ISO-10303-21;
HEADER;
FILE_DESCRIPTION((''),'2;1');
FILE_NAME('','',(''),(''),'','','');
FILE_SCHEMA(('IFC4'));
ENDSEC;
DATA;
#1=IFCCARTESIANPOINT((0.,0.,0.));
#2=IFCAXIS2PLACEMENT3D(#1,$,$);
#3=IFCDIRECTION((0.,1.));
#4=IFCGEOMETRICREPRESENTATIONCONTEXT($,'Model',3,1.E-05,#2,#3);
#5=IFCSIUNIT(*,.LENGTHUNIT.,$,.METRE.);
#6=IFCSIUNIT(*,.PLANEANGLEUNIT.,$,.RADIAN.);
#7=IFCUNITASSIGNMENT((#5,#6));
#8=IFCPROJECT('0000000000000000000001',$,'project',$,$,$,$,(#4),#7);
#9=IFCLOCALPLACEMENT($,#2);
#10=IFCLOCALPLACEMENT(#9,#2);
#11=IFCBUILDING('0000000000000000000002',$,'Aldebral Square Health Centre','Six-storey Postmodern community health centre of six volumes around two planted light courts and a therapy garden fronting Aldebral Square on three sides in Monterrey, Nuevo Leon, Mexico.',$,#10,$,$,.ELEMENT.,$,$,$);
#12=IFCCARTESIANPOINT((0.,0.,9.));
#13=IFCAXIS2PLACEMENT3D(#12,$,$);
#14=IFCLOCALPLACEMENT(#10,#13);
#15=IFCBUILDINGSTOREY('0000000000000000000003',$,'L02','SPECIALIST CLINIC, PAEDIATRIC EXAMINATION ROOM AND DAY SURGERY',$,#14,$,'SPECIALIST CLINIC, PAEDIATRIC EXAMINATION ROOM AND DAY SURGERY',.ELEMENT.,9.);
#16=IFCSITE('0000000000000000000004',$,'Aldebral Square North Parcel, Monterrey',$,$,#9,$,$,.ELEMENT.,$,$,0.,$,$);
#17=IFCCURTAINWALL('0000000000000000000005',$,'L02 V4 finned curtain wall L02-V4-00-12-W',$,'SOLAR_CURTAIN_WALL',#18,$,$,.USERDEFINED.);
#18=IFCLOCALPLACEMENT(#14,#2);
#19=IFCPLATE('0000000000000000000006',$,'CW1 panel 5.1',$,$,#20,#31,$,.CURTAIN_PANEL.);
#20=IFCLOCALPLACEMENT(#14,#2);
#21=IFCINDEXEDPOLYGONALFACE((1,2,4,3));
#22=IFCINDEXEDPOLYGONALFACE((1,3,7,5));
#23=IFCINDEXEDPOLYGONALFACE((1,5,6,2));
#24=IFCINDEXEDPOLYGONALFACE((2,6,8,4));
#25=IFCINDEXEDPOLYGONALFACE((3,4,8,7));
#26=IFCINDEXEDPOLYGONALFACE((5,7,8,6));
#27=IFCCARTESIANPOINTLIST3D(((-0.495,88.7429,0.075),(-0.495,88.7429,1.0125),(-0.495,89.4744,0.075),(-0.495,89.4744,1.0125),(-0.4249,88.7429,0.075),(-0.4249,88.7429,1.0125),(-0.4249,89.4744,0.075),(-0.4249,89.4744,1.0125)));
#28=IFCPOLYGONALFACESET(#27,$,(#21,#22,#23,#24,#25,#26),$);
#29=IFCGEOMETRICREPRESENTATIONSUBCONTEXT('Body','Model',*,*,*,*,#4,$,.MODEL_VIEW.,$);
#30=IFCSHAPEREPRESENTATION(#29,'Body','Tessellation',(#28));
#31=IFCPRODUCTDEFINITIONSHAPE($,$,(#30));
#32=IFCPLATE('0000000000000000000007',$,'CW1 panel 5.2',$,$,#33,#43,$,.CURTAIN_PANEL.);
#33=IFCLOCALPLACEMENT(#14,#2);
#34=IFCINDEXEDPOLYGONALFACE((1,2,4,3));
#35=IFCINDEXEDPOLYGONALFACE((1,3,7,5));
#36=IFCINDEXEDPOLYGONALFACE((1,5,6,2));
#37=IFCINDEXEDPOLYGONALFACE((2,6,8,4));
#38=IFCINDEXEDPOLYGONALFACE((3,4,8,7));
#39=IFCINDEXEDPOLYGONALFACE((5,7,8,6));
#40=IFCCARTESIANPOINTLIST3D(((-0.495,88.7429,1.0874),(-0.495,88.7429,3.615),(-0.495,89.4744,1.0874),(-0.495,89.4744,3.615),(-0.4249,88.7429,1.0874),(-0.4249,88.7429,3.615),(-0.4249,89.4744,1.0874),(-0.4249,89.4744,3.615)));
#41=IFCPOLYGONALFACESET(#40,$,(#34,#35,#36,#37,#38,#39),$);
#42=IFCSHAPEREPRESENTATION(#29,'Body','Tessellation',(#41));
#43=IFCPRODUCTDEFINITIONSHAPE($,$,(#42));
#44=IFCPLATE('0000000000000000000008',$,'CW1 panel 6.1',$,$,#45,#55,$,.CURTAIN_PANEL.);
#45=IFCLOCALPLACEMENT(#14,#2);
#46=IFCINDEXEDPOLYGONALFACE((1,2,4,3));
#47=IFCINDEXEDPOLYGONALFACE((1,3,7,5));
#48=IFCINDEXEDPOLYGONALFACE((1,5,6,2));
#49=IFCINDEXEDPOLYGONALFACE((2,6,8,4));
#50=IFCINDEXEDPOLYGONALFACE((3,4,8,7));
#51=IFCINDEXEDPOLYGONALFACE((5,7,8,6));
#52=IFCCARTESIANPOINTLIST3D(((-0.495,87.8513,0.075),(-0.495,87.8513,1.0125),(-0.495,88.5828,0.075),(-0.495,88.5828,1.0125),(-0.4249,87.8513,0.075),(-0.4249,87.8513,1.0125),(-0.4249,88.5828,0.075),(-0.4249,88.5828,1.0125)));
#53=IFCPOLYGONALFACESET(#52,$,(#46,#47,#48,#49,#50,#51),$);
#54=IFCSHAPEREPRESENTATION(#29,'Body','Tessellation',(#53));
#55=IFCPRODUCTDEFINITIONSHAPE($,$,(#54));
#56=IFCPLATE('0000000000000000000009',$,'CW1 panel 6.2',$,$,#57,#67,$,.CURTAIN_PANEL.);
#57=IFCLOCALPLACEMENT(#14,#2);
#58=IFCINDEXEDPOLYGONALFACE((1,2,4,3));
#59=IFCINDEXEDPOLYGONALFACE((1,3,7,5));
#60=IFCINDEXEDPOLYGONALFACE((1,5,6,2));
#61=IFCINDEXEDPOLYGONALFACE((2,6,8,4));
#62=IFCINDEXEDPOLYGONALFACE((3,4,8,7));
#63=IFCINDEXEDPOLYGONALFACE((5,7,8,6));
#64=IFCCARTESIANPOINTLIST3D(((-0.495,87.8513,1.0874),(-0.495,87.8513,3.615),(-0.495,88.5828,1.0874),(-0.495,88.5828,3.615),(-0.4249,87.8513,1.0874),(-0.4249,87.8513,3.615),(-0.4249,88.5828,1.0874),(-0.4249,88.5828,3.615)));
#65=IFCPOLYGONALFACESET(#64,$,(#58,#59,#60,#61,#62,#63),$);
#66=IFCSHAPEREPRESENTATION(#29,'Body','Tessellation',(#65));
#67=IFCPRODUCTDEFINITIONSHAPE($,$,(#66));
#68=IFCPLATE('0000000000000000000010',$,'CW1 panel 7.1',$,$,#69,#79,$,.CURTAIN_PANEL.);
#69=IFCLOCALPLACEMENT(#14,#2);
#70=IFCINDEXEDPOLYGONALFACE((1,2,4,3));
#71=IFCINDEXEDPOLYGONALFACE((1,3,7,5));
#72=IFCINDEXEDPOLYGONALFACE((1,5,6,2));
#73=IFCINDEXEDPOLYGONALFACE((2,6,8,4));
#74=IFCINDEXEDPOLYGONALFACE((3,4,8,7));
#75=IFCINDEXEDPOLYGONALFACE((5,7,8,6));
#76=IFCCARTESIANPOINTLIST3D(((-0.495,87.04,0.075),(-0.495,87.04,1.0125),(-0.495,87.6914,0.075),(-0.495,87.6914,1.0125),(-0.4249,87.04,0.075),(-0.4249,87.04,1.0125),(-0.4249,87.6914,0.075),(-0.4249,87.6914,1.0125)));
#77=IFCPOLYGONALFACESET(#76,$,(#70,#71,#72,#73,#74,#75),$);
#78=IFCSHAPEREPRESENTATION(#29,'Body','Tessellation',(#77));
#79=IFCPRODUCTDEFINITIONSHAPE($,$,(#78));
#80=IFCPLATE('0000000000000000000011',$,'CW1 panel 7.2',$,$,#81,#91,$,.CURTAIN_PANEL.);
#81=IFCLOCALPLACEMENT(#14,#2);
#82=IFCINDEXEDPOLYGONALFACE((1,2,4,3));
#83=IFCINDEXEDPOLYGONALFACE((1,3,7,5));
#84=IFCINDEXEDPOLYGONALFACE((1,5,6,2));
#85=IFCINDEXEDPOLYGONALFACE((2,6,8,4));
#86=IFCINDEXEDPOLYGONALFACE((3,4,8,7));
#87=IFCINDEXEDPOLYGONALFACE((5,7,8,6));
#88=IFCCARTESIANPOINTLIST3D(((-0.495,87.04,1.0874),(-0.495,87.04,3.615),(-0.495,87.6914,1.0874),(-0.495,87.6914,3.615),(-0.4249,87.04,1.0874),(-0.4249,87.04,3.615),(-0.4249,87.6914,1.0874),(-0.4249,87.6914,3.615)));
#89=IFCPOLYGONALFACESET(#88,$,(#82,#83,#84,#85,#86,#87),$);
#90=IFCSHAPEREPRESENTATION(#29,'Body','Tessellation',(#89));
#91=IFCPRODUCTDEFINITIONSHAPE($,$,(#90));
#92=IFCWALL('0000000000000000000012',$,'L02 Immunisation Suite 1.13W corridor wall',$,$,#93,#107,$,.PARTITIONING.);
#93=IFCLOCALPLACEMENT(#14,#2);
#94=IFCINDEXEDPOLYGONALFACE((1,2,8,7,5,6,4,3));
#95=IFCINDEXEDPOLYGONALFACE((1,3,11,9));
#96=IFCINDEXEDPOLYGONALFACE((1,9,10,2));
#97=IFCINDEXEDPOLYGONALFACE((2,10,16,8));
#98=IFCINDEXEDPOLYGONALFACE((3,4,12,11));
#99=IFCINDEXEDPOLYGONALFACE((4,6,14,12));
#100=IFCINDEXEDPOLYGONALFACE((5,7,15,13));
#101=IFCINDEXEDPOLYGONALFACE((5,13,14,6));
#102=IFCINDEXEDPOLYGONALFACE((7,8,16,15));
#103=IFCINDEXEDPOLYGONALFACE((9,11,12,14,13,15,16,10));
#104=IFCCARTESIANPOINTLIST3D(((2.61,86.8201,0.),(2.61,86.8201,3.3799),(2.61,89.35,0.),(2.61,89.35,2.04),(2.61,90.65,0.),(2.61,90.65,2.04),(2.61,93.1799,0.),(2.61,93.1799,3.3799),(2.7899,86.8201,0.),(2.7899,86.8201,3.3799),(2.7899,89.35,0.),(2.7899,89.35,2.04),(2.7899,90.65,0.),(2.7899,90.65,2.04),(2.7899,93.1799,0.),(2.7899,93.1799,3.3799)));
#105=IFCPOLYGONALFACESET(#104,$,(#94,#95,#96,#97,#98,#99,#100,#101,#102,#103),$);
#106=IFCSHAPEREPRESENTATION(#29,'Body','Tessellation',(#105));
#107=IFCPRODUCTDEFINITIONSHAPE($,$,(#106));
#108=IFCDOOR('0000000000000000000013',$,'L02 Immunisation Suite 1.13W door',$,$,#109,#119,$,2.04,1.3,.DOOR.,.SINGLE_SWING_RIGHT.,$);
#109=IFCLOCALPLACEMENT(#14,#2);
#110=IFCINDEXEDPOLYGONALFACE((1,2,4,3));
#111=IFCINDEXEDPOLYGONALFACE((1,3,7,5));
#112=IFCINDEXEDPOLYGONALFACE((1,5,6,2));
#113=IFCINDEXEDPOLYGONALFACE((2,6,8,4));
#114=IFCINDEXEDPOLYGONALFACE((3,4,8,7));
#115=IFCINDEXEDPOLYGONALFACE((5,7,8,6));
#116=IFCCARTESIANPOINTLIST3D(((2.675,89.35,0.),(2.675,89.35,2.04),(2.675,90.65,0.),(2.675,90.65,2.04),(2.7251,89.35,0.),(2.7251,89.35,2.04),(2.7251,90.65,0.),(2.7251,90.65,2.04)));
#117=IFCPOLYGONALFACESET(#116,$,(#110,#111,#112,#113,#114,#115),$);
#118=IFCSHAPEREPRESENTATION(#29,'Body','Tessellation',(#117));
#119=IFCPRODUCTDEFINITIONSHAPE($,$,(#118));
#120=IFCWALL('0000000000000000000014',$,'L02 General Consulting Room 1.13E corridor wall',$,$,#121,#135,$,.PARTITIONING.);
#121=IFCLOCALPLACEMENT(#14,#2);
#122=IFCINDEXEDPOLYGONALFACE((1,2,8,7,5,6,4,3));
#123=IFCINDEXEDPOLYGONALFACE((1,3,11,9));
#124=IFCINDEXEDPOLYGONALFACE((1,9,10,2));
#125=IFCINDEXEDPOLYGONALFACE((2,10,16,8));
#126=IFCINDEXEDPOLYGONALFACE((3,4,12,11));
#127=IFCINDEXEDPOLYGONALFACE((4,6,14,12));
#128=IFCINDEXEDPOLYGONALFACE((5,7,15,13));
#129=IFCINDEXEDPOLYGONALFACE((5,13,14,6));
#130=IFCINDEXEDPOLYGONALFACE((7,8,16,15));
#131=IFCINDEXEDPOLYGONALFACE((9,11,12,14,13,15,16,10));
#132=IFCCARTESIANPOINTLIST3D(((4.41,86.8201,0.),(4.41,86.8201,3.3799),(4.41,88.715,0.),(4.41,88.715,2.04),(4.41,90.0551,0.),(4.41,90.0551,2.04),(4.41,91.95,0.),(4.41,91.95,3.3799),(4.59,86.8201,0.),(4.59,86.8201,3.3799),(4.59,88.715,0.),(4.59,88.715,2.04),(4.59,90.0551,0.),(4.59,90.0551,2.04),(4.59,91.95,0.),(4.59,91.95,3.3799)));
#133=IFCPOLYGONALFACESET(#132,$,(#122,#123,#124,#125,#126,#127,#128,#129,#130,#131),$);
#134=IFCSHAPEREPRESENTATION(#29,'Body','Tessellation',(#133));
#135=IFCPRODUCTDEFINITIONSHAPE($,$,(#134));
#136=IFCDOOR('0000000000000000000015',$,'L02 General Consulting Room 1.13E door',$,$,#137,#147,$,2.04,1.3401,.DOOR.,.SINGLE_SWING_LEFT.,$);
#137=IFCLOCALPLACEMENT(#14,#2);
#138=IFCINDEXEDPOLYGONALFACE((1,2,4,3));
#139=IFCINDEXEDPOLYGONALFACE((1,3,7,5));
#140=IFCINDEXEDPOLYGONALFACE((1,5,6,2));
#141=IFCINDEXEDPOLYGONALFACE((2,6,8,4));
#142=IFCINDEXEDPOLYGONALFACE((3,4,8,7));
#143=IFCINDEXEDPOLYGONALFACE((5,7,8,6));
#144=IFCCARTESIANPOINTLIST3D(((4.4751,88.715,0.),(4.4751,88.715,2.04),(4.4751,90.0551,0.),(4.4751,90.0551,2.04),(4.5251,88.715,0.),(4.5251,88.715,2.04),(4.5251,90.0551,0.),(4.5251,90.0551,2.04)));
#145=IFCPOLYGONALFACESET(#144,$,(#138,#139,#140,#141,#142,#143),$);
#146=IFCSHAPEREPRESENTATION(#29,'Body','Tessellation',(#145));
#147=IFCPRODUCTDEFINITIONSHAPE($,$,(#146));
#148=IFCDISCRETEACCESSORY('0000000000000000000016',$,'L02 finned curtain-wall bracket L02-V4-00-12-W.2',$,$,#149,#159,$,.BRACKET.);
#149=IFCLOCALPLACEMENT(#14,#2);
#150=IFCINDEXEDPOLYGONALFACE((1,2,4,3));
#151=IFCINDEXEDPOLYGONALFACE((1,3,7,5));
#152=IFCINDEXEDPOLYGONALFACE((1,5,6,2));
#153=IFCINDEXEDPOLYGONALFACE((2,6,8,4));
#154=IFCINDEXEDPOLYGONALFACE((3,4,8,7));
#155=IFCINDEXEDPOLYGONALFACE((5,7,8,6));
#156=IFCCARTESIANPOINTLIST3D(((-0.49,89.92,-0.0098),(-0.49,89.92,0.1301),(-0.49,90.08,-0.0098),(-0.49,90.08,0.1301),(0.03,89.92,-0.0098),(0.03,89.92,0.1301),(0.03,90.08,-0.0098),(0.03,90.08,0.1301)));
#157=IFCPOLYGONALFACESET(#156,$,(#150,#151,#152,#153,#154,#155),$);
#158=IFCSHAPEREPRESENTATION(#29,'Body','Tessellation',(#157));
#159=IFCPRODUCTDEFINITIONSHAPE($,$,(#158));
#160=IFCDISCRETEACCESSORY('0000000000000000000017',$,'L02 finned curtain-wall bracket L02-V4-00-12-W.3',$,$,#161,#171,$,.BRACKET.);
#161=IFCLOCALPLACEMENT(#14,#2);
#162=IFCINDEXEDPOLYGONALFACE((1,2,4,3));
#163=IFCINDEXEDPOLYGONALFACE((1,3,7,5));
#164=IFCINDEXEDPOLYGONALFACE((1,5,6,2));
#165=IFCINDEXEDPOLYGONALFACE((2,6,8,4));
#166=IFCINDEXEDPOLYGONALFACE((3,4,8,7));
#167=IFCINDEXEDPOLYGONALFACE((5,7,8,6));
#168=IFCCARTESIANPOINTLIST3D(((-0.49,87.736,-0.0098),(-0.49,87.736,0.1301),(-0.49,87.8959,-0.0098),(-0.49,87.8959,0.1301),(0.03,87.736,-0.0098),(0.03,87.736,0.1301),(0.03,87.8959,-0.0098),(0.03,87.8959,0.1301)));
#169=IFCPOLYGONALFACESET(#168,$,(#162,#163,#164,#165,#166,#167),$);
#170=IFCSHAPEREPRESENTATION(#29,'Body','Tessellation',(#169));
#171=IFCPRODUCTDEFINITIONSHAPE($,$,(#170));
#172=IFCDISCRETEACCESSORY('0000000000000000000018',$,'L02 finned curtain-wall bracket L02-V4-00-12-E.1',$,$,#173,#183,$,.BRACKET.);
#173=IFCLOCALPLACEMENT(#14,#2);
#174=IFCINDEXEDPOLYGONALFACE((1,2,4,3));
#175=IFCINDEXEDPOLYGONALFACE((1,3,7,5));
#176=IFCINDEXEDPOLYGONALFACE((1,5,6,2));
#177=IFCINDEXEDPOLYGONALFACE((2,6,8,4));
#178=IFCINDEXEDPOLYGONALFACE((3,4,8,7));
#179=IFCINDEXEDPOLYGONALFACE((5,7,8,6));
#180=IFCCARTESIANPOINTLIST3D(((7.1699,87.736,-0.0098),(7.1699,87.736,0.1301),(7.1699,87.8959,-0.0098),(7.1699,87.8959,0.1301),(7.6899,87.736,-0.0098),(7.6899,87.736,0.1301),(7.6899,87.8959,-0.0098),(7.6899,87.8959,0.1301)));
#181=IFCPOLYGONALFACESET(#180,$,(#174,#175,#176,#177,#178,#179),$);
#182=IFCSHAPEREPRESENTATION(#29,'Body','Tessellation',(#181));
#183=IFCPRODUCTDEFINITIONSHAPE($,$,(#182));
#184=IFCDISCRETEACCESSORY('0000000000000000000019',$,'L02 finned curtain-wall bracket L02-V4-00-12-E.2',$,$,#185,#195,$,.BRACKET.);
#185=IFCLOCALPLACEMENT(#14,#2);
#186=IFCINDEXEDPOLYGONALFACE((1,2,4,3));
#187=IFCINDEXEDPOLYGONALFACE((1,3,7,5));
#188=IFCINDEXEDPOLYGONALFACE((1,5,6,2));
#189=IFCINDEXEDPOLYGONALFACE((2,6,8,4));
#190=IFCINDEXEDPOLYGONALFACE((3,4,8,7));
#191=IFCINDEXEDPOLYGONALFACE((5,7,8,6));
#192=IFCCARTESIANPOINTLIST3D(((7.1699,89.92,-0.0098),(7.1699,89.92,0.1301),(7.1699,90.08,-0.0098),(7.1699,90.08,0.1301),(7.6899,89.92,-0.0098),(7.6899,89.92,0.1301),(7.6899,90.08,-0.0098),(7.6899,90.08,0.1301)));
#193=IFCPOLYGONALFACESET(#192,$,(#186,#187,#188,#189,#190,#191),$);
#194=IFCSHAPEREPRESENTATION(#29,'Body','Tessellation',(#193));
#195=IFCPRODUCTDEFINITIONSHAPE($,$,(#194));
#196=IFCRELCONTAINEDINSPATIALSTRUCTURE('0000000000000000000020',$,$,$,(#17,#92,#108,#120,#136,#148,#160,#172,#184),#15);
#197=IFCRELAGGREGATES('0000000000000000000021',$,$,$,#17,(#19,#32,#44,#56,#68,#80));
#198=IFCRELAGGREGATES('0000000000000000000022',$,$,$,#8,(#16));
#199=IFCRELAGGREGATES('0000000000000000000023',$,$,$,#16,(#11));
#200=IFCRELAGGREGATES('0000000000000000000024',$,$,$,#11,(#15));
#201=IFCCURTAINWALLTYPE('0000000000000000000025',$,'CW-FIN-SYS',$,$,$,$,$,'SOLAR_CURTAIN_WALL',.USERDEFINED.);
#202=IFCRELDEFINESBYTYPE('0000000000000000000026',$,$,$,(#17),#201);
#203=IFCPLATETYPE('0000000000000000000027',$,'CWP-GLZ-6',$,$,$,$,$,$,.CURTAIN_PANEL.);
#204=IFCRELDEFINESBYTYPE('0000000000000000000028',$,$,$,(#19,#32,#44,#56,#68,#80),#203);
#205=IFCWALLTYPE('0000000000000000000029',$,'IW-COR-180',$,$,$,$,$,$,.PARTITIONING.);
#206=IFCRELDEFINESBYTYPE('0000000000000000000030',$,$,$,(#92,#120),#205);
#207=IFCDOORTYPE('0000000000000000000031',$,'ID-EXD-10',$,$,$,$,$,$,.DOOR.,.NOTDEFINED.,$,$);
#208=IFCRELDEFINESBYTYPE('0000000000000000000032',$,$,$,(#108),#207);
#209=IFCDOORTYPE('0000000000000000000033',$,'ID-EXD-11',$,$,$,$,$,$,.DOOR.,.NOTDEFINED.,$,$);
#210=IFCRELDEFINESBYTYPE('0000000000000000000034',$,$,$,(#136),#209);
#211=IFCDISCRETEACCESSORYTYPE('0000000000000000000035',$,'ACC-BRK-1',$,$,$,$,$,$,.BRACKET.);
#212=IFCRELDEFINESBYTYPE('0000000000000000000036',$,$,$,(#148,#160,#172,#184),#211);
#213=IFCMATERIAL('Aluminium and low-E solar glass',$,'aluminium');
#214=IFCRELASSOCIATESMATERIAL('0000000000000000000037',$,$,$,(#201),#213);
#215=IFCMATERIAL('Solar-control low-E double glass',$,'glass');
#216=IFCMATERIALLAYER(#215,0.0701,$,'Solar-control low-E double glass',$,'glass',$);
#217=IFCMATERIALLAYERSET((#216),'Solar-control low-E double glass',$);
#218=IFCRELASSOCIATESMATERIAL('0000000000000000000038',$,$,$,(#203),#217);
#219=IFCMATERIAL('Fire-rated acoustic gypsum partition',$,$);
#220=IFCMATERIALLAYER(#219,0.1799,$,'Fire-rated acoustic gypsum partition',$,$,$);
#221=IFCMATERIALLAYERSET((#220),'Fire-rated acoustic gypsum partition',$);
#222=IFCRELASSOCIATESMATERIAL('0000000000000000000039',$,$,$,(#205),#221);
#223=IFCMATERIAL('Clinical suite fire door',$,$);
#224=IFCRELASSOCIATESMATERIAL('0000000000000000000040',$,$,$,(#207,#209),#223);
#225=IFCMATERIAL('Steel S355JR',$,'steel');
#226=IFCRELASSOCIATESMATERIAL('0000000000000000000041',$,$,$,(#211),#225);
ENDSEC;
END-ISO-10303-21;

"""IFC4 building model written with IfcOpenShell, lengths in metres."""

from ifc_helpers import new_model, si_unit, direction, frame, frame_2d, origin, origin_2d, place, context, subcontext, project, spatial, rectangle, extrude, material, layer, layer_set, type_object, element, fill, aggregate, save


model = new_model("IFC4")

# Units and contexts
model_context = context("Model", 3, precision=1e-05, world=origin(), true_north=direction((0.0, 1.0)))
body_context = subcontext(model_context, "Body", "Model", "MODEL_VIEW")
ifc_project = project(units=[si_unit("LENGTHUNIT", "METRE"), si_unit("PLANEANGLEUNIT", "RADIAN")], contexts=[model_context])

# Site, building, storey
site_placement = place(None, origin())
site = spatial("IfcSite", under=ifc_project, at=site_placement, Name="Aldebral Square North Parcel, Monterrey", CompositionType="ELEMENT", RefElevation=0.0)
building_placement = place(site_placement, origin())
building = spatial("IfcBuilding", under=site, at=building_placement, Name="Aldebral Square Health Centre", Description="Six-storey Postmodern community health centre of six volumes around two planted light courts and a therapy garden fronting Aldebral Square on three sides in Monterrey, Nuevo Leon, Mexico.", CompositionType="ELEMENT")
storey_placement = place(building_placement, frame((0.0, 0.0, 9.0)))
storey = spatial("IfcBuildingStorey", under=building, at=storey_placement, Name="L02", Description="SPECIALIST CLINIC, PAEDIATRIC EXAMINATION ROOM AND DAY SURGERY", LongName="SPECIALIST CLINIC, PAEDIATRIC EXAMINATION ROOM AND DAY SURGERY", CompositionType="ELEMENT", Elevation=9.0)

# Curtain wall, plates
ifc_material_1 = material(Name="Aluminium and low-E solar glass", Category="aluminium")
curtain_wall_type = type_object("IfcCurtainWallType", Name="CW-FIN-SYS", ElementType="SOLAR_CURTAIN_WALL", PredefinedType="USERDEFINED", material=ifc_material_1)
curtain_wall_placement = place(storey_placement, origin())
curtain_wall = element("IfcCurtainWall", 1, at=curtain_wall_placement, inside=storey, type_object=curtain_wall_type, Name="L02 V4 finned curtain wall L02-V4-00-12-W", ObjectType="SOLAR_CURTAIN_WALL", PredefinedType="USERDEFINED")
ifc_material_2 = material(Name="Solar-control low-E double glass", Category="glass")
ifc_layer_1 = layer(ifc_material_2, 0.0701, Name="Solar-control low-E double glass", Category="glass")
ifc_layer_set_1 = layer_set([ifc_layer_1], Name="Solar-control low-E double glass")
plate_type = type_object("IfcPlateType", Name="CWP-GLZ-6", PredefinedType="CURTAIN_PANEL", material=ifc_layer_set_1)
plate_1_placement = place(storey_placement, frame((-0.46, 89.1086, 0.075), z_axis=(0.0, 0.0, 1.0), x_axis=(0.0, -1.0, 0.0)))
plate_1 = element("IfcPlate", 2, at=plate_1_placement, type_object=plate_type, Name="CW1 panel 5.1", PredefinedType="CURTAIN_PANEL", context=body_context, shape_type="SweptSolid", body=[
    extrude(rectangle(XDim=0.7314, YDim=0.0701, at=origin_2d()), origin(), (0.0, 0.0, 1.0), 0.9375),
])
plate_2_placement = place(storey_placement, frame((-0.46, 89.1086, 1.0874), z_axis=(0.0, 0.0, 1.0), x_axis=(0.0, -1.0, 0.0)))
plate_2 = element("IfcPlate", 3, at=plate_2_placement, type_object=plate_type, Name="CW1 panel 5.2", PredefinedType="CURTAIN_PANEL", context=body_context, shape_type="SweptSolid", body=[
    extrude(rectangle(XDim=0.7314, YDim=0.0701, at=origin_2d()), origin(), (0.0, 0.0, 1.0), 2.5276),
])
plate_3_placement = place(storey_placement, frame((-0.46, 88.217, 0.075), z_axis=(0.0, 0.0, 1.0), x_axis=(0.0, -1.0, 0.0)))
plate_3 = element("IfcPlate", 4, at=plate_3_placement, type_object=plate_type, Name="CW1 panel 6.1", PredefinedType="CURTAIN_PANEL", context=body_context, shape_type="SweptSolid", body=[
    extrude(rectangle(XDim=0.7314, YDim=0.0701, at=origin_2d()), origin(), (0.0, 0.0, 1.0), 0.9375),
])
plate_4_placement = place(storey_placement, frame((-0.46, 88.217, 1.0874), z_axis=(0.0, 0.0, 1.0), x_axis=(0.0, -1.0, 0.0)))
plate_4 = element("IfcPlate", 5, at=plate_4_placement, type_object=plate_type, Name="CW1 panel 6.2", PredefinedType="CURTAIN_PANEL", context=body_context, shape_type="SweptSolid", body=[
    extrude(rectangle(XDim=0.7314, YDim=0.0701, at=origin_2d()), origin(), (0.0, 0.0, 1.0), 2.5276),
])
plate_5_placement = place(storey_placement, frame((-0.46, 87.3657, 0.075), z_axis=(0.0, 0.0, 1.0), x_axis=(0.0, -1.0, 0.0)))
plate_5 = element("IfcPlate", 6, at=plate_5_placement, type_object=plate_type, Name="CW1 panel 7.1", PredefinedType="CURTAIN_PANEL", context=body_context, shape_type="SweptSolid", body=[
    extrude(rectangle(XDim=0.6514, YDim=0.0701, at=origin_2d()), origin(), (0.0, 0.0, 1.0), 0.9375),
])
plate_6_placement = place(storey_placement, frame((-0.46, 87.3657, 1.0874), z_axis=(0.0, 0.0, 1.0), x_axis=(0.0, -1.0, 0.0)))
plate_6 = element("IfcPlate", 7, at=plate_6_placement, type_object=plate_type, Name="CW1 panel 7.2", PredefinedType="CURTAIN_PANEL", context=body_context, shape_type="SweptSolid", body=[
    extrude(rectangle(XDim=0.6514, YDim=0.0701, at=origin_2d()), origin(), (0.0, 0.0, 1.0), 2.5276),
])
aggregate(curtain_wall, [plate_1, plate_2, plate_3, plate_4, plate_5, plate_6])

# Walls, openings, doors
ifc_material_3 = material(Name="Fire-rated acoustic gypsum partition")
ifc_layer_2 = layer(ifc_material_3, 0.1799, Name="Fire-rated acoustic gypsum partition")
ifc_layer_set_2 = layer_set([ifc_layer_2], Name="Fire-rated acoustic gypsum partition")
wall_type = type_object("IfcWallType", Name="IW-COR-180", PredefinedType="PARTITIONING", material=ifc_layer_set_2)
wall_1_placement = place(storey_placement, frame((2.7, 86.8201, 0.0), z_axis=(0.0, 0.0, 1.0), x_axis=(0.0, 1.0, 0.0)))
wall_1 = element("IfcWall", 8, at=wall_1_placement, inside=storey, type_object=wall_type, Name="L02 Immunisation Suite 1.13W corridor wall", PredefinedType="PARTITIONING", context=body_context, shape_type="SweptSolid", body=[
    extrude(rectangle(XDim=6.3599, YDim=0.1799, at=frame_2d((3.1799, 0.0))), origin(), (0.0, 0.0, 1.0), 3.3799),
])
opening_1_placement = place(wall_1_placement, frame((2.53, 0.0, 0.0)))
opening_1 = element("IfcOpeningElement", 9, at=opening_1_placement, cuts=wall_1, PredefinedType="OPENING", context=body_context, shape_type="SweptSolid", body=[
    extrude(rectangle(XDim=1.3, YDim=2.04, at=frame_2d((0.6499, 1.02))), frame((0.0, 0.1001, 0.0), z_axis=(0.0, -1.0, 0.0), x_axis=(1.0, 0.0, 0.0)), (0.0, 0.0, 1.0), 0.2),
])
ifc_material_4 = material(Name="Clinical suite fire door")
door_type_1 = type_object("IfcDoorType", Name="ID-EXD-10", OperationType="NOTDEFINED", PredefinedType="DOOR", material=ifc_material_4)
door_1_placement = place(opening_1_placement, origin())
door_1 = element("IfcDoor", 10, at=door_1_placement, inside=storey, type_object=door_type_1, Name="L02 Immunisation Suite 1.13W door", OperationType="SINGLE_SWING_RIGHT", OverallHeight=2.04, OverallWidth=1.3, PredefinedType="DOOR", context=body_context, shape_type="SweptSolid", body=[
    extrude(rectangle(XDim=1.3, YDim=2.04, at=frame_2d((0.6499, 1.02))), frame((0.0, 0.0249, 0.0), z_axis=(0.0, -1.0, 0.0), x_axis=(1.0, 0.0, 0.0)), (0.0, 0.0, 1.0), 0.05),
])
fill(opening_1, door_1)
wall_2_placement = place(storey_placement, frame((4.5, 86.8201, 0.0), z_axis=(0.0, 0.0, 1.0), x_axis=(0.0, 1.0, 0.0)))
wall_2 = element("IfcWall", 11, at=wall_2_placement, inside=storey, type_object=wall_type, Name="L02 General Consulting Room 1.13E corridor wall", PredefinedType="PARTITIONING", context=body_context, shape_type="SweptSolid", body=[
    extrude(rectangle(XDim=5.1299, YDim=0.1799, at=frame_2d((2.5649, 0.0))), origin(), (0.0, 0.0, 1.0), 3.3799),
])
opening_2_placement = place(wall_2_placement, frame((1.895, 0.0, 0.0)))
opening_2 = element("IfcOpeningElement", 12, at=opening_2_placement, cuts=wall_2, PredefinedType="OPENING", context=body_context, shape_type="SweptSolid", body=[
    extrude(rectangle(XDim=1.3401, YDim=2.04, at=frame_2d((0.6699, 1.02))), frame((0.0, 0.1001, 0.0), z_axis=(0.0, -1.0, 0.0), x_axis=(1.0, 0.0, 0.0)), (0.0, 0.0, 1.0), 0.2),
])
door_type_2 = type_object("IfcDoorType", Name="ID-EXD-11", OperationType="NOTDEFINED", PredefinedType="DOOR", material=ifc_material_4)
door_2_placement = place(opening_2_placement, origin())
door_2 = element("IfcDoor", 13, at=door_2_placement, inside=storey, type_object=door_type_2, Name="L02 General Consulting Room 1.13E door", OperationType="SINGLE_SWING_LEFT", OverallHeight=2.04, OverallWidth=1.3401, PredefinedType="DOOR", context=body_context, shape_type="SweptSolid", body=[
    extrude(rectangle(XDim=1.3401, YDim=2.04, at=frame_2d((0.6699, 1.02))), frame((0.0, 0.0249, 0.0), z_axis=(0.0, -1.0, 0.0), x_axis=(1.0, 0.0, 0.0)), (0.0, 0.0, 1.0), 0.05),
])
fill(opening_2, door_2)

# Discrete accessories
ifc_material_5 = material(Name="Steel S355JR", Category="steel")
discrete_accessory_type = type_object("IfcDiscreteAccessoryType", Name="ACC-BRK-1", PredefinedType="BRACKET", material=ifc_material_5)
for number, where, z_axis, x_axis, name in (
    (14, (-0.23, 90.0, -0.0098), (0.0, 0.0, 1.0), (0.0, 1.0, 0.0), "L02 finned curtain-wall bracket L02-V4-00-12-W.2"),
    (15, (-0.23, 87.8159, -0.0098), (0.0, 0.0, 1.0), (0.0, 1.0, 0.0), "L02 finned curtain-wall bracket L02-V4-00-12-W.3"),
    (16, (7.4299, 87.8159, -0.0098), (0.0, 0.0, 1.0), (0.0, 1.0, 0.0), "L02 finned curtain-wall bracket L02-V4-00-12-E.1"),
    (17, (7.4299, 90.0, -0.0098), (0.0, 0.0, 1.0), (0.0, 1.0, 0.0), "L02 finned curtain-wall bracket L02-V4-00-12-E.2"),
):
    element("IfcDiscreteAccessory", number, at=place(storey_placement, frame(where, z_axis=z_axis, x_axis=x_axis)), inside=storey, type_object=discrete_accessory_type, Name=name, PredefinedType="BRACKET", context=body_context, shape_type="SweptSolid", body=[
        extrude(rectangle(XDim=0.1599, YDim=0.52, at=origin_2d()), origin(), (0.0, 0.0, 1.0), 0.1399),
    ])

save(model, "model.ifc")
